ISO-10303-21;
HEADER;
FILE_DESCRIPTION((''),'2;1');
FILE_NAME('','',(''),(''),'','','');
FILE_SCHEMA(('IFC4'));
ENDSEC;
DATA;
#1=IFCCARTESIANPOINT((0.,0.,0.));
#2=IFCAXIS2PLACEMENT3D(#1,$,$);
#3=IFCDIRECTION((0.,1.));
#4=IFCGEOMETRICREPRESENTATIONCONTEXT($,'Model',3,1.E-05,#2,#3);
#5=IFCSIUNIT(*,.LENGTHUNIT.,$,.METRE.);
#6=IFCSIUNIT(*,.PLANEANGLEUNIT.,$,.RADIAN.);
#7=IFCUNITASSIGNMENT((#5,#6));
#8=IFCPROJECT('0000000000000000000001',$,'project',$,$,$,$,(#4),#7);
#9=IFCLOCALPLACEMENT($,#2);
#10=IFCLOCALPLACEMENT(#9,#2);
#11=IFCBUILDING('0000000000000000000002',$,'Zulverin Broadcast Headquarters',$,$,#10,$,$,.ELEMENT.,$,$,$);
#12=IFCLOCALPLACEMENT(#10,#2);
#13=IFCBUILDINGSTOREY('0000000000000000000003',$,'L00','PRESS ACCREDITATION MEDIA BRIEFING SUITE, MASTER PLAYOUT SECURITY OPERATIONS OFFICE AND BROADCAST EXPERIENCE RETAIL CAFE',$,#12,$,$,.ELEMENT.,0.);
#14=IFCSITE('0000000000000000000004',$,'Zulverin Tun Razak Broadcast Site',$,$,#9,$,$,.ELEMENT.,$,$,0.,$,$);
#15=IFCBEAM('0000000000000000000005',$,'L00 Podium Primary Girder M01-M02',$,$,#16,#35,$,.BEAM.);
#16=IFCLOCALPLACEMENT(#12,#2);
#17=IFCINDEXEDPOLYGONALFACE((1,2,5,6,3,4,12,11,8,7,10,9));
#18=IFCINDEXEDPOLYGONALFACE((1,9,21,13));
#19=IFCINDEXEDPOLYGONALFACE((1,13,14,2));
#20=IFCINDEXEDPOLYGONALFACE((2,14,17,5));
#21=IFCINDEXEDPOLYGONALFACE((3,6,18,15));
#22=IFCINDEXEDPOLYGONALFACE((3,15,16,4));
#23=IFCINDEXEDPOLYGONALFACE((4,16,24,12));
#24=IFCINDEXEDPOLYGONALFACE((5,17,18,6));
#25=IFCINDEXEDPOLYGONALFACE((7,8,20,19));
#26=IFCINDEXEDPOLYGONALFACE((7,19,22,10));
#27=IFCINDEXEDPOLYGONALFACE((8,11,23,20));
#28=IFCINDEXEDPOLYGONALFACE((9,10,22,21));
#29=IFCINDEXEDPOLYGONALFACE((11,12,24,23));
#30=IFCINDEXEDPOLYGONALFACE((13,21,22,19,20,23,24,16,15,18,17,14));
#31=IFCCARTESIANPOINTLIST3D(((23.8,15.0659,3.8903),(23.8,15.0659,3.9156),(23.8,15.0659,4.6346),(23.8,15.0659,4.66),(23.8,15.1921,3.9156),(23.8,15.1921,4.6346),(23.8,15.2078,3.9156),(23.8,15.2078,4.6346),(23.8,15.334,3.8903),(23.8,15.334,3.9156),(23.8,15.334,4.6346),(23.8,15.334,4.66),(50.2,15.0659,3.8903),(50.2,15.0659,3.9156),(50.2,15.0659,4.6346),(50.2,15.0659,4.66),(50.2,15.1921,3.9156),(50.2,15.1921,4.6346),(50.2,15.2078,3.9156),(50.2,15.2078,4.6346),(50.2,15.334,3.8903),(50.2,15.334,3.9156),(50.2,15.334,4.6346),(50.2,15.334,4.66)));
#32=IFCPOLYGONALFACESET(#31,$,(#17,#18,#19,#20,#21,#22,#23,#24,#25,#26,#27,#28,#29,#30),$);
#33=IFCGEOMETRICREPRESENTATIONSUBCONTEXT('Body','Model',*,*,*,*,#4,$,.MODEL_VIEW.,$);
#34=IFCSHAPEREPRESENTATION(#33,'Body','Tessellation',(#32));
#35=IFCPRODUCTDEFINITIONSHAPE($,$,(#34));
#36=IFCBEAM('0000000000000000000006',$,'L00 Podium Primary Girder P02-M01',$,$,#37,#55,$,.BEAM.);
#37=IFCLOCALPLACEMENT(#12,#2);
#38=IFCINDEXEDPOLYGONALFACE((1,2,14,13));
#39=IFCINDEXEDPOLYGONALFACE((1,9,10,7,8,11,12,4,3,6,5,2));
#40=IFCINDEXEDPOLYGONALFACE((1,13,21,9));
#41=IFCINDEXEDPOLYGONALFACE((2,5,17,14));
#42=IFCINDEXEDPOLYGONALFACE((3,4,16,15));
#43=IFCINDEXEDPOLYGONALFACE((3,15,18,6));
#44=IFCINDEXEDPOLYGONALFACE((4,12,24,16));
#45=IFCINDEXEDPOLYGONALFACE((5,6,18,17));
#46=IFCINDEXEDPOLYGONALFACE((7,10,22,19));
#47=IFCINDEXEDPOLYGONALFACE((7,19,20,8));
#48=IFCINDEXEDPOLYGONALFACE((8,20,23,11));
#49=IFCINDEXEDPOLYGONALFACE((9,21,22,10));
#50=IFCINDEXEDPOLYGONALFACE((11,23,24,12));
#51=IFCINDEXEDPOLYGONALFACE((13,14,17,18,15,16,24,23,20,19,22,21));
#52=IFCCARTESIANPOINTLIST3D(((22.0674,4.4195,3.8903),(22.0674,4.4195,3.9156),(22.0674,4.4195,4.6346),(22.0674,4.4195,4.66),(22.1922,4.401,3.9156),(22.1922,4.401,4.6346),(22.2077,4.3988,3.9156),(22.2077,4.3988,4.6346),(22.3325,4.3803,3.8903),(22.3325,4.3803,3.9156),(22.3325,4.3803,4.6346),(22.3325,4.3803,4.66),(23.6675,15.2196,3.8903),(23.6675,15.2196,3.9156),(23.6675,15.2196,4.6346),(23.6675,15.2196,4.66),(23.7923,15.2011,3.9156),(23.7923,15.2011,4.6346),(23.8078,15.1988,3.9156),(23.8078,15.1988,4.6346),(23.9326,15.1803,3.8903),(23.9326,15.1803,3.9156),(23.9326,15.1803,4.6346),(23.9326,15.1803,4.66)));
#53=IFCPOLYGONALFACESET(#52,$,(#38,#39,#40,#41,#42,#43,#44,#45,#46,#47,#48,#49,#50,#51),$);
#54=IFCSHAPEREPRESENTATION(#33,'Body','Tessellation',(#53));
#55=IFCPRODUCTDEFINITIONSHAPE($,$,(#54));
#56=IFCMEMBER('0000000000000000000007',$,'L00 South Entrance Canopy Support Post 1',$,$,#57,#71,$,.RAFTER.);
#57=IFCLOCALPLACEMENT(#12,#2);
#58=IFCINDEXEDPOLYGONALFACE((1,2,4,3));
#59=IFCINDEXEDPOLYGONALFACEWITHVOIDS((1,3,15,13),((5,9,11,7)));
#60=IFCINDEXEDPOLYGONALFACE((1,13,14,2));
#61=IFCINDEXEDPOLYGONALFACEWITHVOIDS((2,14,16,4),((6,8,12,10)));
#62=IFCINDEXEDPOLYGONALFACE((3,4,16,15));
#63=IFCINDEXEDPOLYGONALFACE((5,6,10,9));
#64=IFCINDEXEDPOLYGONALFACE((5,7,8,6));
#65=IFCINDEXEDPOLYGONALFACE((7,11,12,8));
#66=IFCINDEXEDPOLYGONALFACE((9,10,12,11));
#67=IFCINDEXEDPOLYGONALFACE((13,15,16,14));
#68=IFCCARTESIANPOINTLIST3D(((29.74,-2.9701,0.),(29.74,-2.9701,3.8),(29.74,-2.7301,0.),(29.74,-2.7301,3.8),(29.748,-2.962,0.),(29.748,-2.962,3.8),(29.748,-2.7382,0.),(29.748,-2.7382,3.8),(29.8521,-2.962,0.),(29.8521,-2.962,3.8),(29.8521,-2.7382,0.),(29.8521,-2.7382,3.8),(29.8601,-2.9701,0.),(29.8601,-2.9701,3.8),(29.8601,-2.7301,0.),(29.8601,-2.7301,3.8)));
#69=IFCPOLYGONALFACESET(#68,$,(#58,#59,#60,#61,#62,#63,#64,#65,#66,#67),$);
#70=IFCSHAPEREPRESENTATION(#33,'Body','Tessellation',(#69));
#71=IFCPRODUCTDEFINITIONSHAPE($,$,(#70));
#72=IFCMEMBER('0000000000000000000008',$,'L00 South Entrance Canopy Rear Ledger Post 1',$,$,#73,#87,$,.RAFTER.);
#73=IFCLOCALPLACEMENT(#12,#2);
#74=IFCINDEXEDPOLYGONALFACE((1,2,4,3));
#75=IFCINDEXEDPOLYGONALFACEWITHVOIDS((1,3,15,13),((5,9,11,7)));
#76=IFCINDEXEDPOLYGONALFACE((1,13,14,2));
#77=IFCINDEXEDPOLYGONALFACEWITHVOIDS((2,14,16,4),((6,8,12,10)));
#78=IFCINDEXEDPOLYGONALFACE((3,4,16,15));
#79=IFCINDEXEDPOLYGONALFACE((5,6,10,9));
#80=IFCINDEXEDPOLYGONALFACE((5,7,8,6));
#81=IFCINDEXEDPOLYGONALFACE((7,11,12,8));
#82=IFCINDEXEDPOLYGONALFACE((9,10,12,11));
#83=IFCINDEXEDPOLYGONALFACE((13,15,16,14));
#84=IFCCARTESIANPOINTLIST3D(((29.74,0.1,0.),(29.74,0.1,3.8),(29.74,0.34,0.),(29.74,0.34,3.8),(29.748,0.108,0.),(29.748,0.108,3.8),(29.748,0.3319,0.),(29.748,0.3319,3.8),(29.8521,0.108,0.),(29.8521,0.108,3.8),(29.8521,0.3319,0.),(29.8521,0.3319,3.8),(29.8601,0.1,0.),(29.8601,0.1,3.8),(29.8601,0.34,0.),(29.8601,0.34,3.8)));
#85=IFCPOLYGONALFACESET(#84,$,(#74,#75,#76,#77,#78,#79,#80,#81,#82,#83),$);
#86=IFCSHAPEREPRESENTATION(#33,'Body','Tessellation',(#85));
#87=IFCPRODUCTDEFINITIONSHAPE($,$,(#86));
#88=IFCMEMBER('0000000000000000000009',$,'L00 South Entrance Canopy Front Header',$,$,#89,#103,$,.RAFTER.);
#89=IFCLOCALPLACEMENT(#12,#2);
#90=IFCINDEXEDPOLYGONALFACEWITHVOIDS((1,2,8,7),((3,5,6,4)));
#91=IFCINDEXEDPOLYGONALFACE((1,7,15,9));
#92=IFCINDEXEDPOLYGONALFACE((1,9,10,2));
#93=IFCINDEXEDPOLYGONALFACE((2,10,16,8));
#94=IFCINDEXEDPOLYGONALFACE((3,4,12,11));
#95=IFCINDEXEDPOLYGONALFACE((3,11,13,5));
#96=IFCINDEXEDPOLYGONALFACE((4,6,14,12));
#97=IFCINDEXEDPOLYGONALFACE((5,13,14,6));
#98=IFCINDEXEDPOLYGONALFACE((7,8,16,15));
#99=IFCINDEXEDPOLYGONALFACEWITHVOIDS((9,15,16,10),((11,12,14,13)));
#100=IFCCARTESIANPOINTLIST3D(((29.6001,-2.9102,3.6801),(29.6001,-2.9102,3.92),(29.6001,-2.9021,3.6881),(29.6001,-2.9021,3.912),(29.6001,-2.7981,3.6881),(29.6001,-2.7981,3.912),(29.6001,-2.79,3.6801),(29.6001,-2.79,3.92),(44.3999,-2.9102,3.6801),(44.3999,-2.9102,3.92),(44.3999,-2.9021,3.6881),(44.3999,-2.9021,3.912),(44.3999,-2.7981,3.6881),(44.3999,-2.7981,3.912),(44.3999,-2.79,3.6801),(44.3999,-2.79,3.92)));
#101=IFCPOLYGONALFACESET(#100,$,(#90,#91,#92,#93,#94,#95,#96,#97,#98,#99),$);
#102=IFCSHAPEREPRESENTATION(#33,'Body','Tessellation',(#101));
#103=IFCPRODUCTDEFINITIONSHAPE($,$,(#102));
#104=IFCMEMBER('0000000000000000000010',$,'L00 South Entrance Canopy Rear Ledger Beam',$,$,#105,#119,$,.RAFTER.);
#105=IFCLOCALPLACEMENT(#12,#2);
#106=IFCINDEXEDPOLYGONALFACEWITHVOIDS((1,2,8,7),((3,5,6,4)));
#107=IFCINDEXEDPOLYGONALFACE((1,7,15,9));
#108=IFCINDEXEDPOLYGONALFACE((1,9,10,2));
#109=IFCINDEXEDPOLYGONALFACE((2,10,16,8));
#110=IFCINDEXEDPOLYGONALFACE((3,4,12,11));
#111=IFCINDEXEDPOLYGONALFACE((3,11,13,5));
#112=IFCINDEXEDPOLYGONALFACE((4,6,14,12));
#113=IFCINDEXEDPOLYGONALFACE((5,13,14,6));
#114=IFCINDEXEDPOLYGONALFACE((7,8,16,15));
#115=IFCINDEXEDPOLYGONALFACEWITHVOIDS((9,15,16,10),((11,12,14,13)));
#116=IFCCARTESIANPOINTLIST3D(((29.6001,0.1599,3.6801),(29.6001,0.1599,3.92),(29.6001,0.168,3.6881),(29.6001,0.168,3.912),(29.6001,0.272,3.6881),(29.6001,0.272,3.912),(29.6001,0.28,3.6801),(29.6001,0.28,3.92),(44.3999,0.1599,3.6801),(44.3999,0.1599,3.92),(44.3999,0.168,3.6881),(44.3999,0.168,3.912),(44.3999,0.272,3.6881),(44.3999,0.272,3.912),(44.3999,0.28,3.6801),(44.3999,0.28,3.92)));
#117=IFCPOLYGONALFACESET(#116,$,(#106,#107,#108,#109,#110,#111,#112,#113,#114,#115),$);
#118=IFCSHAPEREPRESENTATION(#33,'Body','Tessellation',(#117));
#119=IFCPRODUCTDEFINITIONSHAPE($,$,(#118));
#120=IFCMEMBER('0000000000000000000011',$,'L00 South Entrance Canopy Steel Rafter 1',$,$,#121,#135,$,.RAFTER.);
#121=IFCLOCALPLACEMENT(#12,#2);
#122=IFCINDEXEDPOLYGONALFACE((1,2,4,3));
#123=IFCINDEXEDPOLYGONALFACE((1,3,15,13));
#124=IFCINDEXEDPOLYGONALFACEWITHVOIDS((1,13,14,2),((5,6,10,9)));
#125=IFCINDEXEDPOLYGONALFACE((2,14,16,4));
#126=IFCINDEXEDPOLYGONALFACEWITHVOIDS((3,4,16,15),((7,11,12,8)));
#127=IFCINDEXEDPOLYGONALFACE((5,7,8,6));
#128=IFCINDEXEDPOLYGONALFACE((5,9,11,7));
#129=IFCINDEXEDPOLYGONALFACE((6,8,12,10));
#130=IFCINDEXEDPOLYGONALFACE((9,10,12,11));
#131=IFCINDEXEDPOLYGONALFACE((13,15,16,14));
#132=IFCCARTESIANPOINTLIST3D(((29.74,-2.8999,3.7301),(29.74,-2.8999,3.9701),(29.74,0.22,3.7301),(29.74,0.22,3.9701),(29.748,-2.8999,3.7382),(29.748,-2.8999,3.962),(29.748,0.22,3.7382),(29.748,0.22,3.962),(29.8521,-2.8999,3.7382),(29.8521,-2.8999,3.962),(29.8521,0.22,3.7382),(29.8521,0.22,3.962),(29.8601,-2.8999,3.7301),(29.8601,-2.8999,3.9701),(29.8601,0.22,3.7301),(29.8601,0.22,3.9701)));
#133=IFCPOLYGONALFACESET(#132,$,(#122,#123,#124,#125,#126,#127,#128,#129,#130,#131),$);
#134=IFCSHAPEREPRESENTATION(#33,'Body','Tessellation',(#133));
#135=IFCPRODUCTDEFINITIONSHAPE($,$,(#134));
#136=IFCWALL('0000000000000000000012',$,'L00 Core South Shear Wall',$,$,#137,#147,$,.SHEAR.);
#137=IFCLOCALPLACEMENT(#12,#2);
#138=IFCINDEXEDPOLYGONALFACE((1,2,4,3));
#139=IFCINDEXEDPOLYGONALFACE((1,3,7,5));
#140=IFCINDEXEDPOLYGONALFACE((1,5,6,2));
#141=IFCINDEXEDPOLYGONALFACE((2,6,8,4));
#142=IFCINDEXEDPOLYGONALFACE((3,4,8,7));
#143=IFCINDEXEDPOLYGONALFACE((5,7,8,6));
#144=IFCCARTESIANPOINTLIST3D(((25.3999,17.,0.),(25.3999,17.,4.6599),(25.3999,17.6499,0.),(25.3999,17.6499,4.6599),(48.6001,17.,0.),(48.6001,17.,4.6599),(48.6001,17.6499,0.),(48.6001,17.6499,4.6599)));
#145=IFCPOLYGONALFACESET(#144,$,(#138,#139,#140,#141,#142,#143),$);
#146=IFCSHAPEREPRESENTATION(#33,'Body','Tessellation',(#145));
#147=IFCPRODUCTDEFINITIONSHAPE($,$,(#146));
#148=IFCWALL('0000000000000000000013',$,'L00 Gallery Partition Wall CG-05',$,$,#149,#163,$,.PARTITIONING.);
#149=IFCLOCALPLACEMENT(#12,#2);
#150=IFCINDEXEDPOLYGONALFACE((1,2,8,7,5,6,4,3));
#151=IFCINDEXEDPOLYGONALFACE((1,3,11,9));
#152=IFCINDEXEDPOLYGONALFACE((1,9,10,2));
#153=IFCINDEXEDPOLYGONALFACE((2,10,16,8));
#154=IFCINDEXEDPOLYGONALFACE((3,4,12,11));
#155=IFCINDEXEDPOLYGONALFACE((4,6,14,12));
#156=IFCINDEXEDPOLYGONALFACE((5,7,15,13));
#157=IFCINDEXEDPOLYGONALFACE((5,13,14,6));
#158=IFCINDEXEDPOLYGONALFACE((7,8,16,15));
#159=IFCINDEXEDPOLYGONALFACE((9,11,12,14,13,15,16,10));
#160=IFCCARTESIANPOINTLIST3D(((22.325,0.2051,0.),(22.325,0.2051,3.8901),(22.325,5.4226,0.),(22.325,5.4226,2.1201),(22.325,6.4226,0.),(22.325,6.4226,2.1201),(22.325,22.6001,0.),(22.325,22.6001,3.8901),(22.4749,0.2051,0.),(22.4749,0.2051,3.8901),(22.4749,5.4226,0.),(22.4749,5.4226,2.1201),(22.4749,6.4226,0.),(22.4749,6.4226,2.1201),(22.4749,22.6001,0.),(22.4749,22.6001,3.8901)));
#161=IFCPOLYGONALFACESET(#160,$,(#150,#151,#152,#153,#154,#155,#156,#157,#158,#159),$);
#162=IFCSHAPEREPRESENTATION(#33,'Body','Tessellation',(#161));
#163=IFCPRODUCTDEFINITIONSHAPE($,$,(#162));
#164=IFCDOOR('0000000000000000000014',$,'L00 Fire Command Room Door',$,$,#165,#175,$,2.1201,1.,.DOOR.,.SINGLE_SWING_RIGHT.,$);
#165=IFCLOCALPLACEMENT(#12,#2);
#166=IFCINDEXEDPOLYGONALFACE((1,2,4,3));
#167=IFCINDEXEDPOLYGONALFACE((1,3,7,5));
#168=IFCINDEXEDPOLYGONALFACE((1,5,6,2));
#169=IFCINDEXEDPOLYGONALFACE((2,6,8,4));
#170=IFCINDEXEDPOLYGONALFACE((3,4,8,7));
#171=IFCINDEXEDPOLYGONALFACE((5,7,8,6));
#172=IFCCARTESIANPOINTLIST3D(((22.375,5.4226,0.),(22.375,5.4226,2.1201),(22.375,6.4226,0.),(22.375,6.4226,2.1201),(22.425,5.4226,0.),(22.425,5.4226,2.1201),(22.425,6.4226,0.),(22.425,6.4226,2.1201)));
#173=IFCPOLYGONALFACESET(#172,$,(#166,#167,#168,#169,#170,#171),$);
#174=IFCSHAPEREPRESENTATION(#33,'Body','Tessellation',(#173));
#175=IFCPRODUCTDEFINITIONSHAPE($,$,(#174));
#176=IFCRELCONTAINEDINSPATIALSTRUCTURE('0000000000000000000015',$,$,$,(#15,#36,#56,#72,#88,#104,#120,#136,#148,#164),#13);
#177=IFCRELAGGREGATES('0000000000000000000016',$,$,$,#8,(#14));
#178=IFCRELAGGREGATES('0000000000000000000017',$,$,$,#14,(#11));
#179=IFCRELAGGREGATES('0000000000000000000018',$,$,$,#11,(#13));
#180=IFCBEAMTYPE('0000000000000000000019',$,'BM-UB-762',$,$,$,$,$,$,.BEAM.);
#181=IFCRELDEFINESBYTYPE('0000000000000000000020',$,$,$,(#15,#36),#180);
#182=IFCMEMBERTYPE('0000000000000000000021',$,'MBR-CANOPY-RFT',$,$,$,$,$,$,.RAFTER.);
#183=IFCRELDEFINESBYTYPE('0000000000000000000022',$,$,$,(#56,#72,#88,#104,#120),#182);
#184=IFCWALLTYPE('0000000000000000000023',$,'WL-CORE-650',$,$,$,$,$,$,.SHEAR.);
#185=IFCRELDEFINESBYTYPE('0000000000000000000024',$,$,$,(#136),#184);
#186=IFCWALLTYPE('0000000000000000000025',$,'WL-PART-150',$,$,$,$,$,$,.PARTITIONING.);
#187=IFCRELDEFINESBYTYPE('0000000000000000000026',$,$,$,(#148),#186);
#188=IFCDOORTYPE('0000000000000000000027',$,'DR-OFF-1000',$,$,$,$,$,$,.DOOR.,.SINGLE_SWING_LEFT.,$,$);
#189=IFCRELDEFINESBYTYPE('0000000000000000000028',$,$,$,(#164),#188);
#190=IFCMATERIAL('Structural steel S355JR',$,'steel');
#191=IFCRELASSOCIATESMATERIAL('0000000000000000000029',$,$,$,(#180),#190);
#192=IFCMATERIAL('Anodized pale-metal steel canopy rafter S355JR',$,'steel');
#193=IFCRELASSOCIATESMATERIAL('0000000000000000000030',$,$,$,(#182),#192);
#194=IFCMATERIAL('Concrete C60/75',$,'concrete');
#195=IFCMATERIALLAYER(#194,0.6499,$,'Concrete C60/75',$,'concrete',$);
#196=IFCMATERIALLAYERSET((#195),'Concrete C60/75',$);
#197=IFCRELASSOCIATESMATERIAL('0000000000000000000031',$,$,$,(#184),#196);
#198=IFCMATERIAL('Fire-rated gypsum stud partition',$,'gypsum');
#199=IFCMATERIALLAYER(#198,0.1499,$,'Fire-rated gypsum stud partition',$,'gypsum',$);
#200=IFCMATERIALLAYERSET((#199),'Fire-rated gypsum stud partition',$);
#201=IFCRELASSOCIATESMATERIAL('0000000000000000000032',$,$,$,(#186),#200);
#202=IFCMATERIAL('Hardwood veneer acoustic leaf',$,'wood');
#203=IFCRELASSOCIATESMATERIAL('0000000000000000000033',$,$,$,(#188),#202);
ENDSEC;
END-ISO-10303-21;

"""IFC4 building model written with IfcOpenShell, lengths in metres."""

from ifc_helpers import new_model, si_unit, direction, frame, frame_2d, origin, origin_2d, place, context, subcontext, project, spatial, rectangle, hollow_rectangle, i_section, extrude, material, layer, layer_set, material_profile, profile_set, type_object, element, fill, save


model = new_model("IFC4")

# Units and contexts
model_context = context("Model", 3, precision=1e-05, world=origin(), true_north=direction((0.0, 1.0)))
body_context = subcontext(model_context, "Body", "Model", "MODEL_VIEW")
ifc_project = project(units=[si_unit("LENGTHUNIT", "METRE"), si_unit("PLANEANGLEUNIT", "RADIAN")], contexts=[model_context])

# Site, building, storey
site_placement = place(None, origin())
site = spatial("IfcSite", under=ifc_project, at=site_placement, Name="Zulverin Tun Razak Broadcast Site", CompositionType="ELEMENT", RefElevation=0.0)
building_placement = place(site_placement, origin())
building = spatial("IfcBuilding", under=site, at=building_placement, Name="Zulverin Broadcast Headquarters", CompositionType="ELEMENT")
storey_placement = place(building_placement, origin())
storey = spatial("IfcBuildingStorey", under=building, at=storey_placement, Name="L00", Description="PRESS ACCREDITATION MEDIA BRIEFING SUITE, MASTER PLAYOUT SECURITY OPERATIONS OFFICE AND BROADCAST EXPERIENCE RETAIL CAFE", CompositionType="ELEMENT", Elevation=0.0)

# Shared definitions
ifc_material_1 = material(Name="Concrete C60/75", Category="concrete")
ifc_material_2 = material(Name="Structural steel S355JR", Category="steel")

# Beams
ifc_material_profile_1 = material_profile(ifc_material_2, i_section(OverallWidth=0.2681, OverallDepth=0.7698, WebThickness=0.0156, FlangeThickness=0.0254, at=origin_2d()), Name="Structural steel S355JR", Category="steel")
ifc_profile_set_1 = profile_set([ifc_material_profile_1], Name="Structural steel S355JR")
beam_type_1 = type_object("IfcBeamType", Name="BM-UB-762", PredefinedType="BEAM", material=ifc_profile_set_1)
beam_1_placement = place(storey_placement, frame((23.8, 15.2, 4.2751), z_axis=(1.0, 0.0, 0.0), x_axis=(0.0, 1.0, 0.0)))
element("IfcBeam", 1, at=beam_1_placement, inside=storey, type_object=beam_type_1, Name="L00 Podium Primary Girder M01-M02", PredefinedType="BEAM", context=body_context, shape_type="SweptSolid", body=[
    extrude(i_section(OverallWidth=0.2681, OverallDepth=0.7698, WebThickness=0.0156, FlangeThickness=0.0254, at=origin_2d()), origin(), (0.0, 0.0, 1.0), 26.3999),
])
beam_2_placement = place(storey_placement, frame((22.2, 4.3999, 4.2751), z_axis=(0.146557, 0.989202, 0.0), x_axis=(-0.989202, 0.146557, 0.0)))
element("IfcBeam", 2, at=beam_2_placement, inside=storey, type_object=beam_type_1, Name="L00 Podium Primary Girder P02-M01", PredefinedType="BEAM", context=body_context, shape_type="SweptSolid", body=[
    extrude(i_section(OverallWidth=0.2681, OverallDepth=0.7698, WebThickness=0.0156, FlangeThickness=0.0254, at=origin_2d()), origin(), (0.0, 0.0, 1.0), 10.918),
])

# Members
ifc_material_3 = material(Name="Anodized pale-metal steel canopy rafter S355JR", Category="steel")
ifc_material_profile_2 = material_profile(ifc_material_3, hollow_rectangle(XDim=0.1201, YDim=0.24, WallThickness=0.0081, at=origin_2d()), Name="Anodized pale-metal steel canopy rafter S355JR", Category="steel")
ifc_profile_set_2 = profile_set([ifc_material_profile_2], Name="Anodized pale-metal steel canopy rafter S355JR")
member_type = type_object("IfcMemberType", Name="MBR-CANOPY-RFT", PredefinedType="RAFTER", material=ifc_profile_set_2)
for number, where, z_axis, x_axis, name in (
    (3, (29.8, -2.8501, 0.0), (0.0, 0.0, 1.0), (1.0, 0.0, 0.0), "L00 South Entrance Canopy Support Post 1"),
    (4, (29.8, 0.22, 0.0), (0.0, 0.0, 1.0), (1.0, 0.0, 0.0), "L00 South Entrance Canopy Rear Ledger Post 1"),
):
    element("IfcMember", number, at=place(storey_placement, frame(where, z_axis=z_axis, x_axis=x_axis)), inside=storey, type_object=member_type, Name=name, PredefinedType="RAFTER", context=body_context, shape_type="SweptSolid", body=[
        extrude(hollow_rectangle(XDim=0.1201, YDim=0.24, WallThickness=0.0081, at=origin_2d()), origin(), (0.0, 0.0, 1.0), 3.8),
    ])
for number, where, z_axis, x_axis, name in (
    (5, (29.6001, -2.8501, 3.8), (1.0, 0.0, 0.0), (0.0, 1.0, 0.0), "L00 South Entrance Canopy Front Header"),
    (6, (29.6001, 0.22, 3.8), (1.0, 0.0, 0.0), (0.0, 1.0, 0.0), "L00 South Entrance Canopy Rear Ledger Beam"),
):
    element("IfcMember", number, at=place(storey_placement, frame(where, z_axis=z_axis, x_axis=x_axis)), inside=storey, type_object=member_type, Name=name, PredefinedType="RAFTER", context=body_context, shape_type="SweptSolid", body=[
        extrude(hollow_rectangle(XDim=0.1201, YDim=0.24, WallThickness=0.0081, at=origin_2d()), origin(), (0.0, 0.0, 1.0), 14.7998),
    ])
member_placement = place(storey_placement, frame((29.8, 0.22, 3.8501), z_axis=(0.0, -1.0, 0.0), x_axis=(1.0, 0.0, 0.0)))
element("IfcMember", 7, at=member_placement, inside=storey, type_object=member_type, Name="L00 South Entrance Canopy Steel Rafter 1", PredefinedType="RAFTER", context=body_context, shape_type="SweptSolid", body=[
    extrude(hollow_rectangle(XDim=0.1201, YDim=0.24, WallThickness=0.0081, at=origin_2d()), origin(), (0.0, 0.0, 1.0), 3.1199),
])

# Wall
ifc_layer_1 = layer(ifc_material_1, 0.6499, Name="Concrete C60/75", Category="concrete")
ifc_layer_set_1 = layer_set([ifc_layer_1], Name="Concrete C60/75")
wall_type_1 = type_object("IfcWallType", Name="WL-CORE-650", PredefinedType="SHEAR", material=ifc_layer_set_1)
wall_1_placement = place(storey_placement, frame((25.3999, 17.325, 0.0), z_axis=(0.0, 0.0, 1.0), x_axis=(1.0, 0.0, 0.0)))
element("IfcWall", 8, at=wall_1_placement, inside=storey, type_object=wall_type_1, Name="L00 Core South Shear Wall", PredefinedType="SHEAR", context=body_context, shape_type="SweptSolid", body=[
    extrude(rectangle(XDim=23.2002, YDim=0.6499, at=frame_2d((11.6001, 0.0))), origin(), (0.0, 0.0, 1.0), 4.6599),
])

# Wall, opening, door
ifc_material_4 = material(Name="Fire-rated gypsum stud partition", Category="gypsum")
ifc_layer_2 = layer(ifc_material_4, 0.1499, Name="Fire-rated gypsum stud partition", Category="gypsum")
ifc_layer_set_2 = layer_set([ifc_layer_2], Name="Fire-rated gypsum stud partition")
wall_type_2 = type_object("IfcWallType", Name="WL-PART-150", PredefinedType="PARTITIONING", material=ifc_layer_set_2)
wall_2_placement = place(storey_placement, frame((22.3999, 0.2051, 0.0), z_axis=(0.0, 0.0, 1.0), x_axis=(0.0, 1.0, 0.0)))
wall_2 = element("IfcWall", 9, at=wall_2_placement, inside=storey, type_object=wall_type_2, Name="L00 Gallery Partition Wall CG-05", PredefinedType="PARTITIONING", context=body_context, shape_type="SweptSolid", body=[
    extrude(rectangle(XDim=22.395, YDim=0.1499, at=frame_2d((11.1975, 0.0))), origin(), (0.0, 0.0, 1.0), 3.8901),
])
opening_placement = place(wall_2_placement, frame((5.2175, 0.0, 0.0)))
opening = element("IfcOpeningElement", 10, at=opening_placement, cuts=wall_2, PredefinedType="OPENING", context=body_context, shape_type="SweptSolid", body=[
    extrude(rectangle(XDim=1.0, YDim=2.1201, at=frame_2d((0.5, 1.0601))), frame((0.0, 0.085, 0.0), z_axis=(0.0, -1.0, 0.0), x_axis=(1.0, 0.0, 0.0)), (0.0, 0.0, 1.0), 0.1699),
])
ifc_material_5 = material(Name="Hardwood veneer acoustic leaf", Category="wood")
door_type = type_object("IfcDoorType", Name="DR-OFF-1000", OperationType="SINGLE_SWING_LEFT", PredefinedType="DOOR", material=ifc_material_5)
door_placement = place(opening_placement, origin())
door = element("IfcDoor", 11, at=door_placement, inside=storey, type_object=door_type, Name="L00 Fire Command Room Door", OperationType="SINGLE_SWING_RIGHT", OverallHeight=2.1201, OverallWidth=1.0, PredefinedType="DOOR", context=body_context, shape_type="SweptSolid", body=[
    extrude(rectangle(XDim=1.0, YDim=2.1201, at=frame_2d((0.5, 1.0601))), frame((0.0, 0.0249, 0.0), z_axis=(0.0, -1.0, 0.0), x_axis=(1.0, 0.0, 0.0)), (0.0, 0.0, 1.0), 0.05),
])
fill(opening, door)

save(model, "model.ifc")
